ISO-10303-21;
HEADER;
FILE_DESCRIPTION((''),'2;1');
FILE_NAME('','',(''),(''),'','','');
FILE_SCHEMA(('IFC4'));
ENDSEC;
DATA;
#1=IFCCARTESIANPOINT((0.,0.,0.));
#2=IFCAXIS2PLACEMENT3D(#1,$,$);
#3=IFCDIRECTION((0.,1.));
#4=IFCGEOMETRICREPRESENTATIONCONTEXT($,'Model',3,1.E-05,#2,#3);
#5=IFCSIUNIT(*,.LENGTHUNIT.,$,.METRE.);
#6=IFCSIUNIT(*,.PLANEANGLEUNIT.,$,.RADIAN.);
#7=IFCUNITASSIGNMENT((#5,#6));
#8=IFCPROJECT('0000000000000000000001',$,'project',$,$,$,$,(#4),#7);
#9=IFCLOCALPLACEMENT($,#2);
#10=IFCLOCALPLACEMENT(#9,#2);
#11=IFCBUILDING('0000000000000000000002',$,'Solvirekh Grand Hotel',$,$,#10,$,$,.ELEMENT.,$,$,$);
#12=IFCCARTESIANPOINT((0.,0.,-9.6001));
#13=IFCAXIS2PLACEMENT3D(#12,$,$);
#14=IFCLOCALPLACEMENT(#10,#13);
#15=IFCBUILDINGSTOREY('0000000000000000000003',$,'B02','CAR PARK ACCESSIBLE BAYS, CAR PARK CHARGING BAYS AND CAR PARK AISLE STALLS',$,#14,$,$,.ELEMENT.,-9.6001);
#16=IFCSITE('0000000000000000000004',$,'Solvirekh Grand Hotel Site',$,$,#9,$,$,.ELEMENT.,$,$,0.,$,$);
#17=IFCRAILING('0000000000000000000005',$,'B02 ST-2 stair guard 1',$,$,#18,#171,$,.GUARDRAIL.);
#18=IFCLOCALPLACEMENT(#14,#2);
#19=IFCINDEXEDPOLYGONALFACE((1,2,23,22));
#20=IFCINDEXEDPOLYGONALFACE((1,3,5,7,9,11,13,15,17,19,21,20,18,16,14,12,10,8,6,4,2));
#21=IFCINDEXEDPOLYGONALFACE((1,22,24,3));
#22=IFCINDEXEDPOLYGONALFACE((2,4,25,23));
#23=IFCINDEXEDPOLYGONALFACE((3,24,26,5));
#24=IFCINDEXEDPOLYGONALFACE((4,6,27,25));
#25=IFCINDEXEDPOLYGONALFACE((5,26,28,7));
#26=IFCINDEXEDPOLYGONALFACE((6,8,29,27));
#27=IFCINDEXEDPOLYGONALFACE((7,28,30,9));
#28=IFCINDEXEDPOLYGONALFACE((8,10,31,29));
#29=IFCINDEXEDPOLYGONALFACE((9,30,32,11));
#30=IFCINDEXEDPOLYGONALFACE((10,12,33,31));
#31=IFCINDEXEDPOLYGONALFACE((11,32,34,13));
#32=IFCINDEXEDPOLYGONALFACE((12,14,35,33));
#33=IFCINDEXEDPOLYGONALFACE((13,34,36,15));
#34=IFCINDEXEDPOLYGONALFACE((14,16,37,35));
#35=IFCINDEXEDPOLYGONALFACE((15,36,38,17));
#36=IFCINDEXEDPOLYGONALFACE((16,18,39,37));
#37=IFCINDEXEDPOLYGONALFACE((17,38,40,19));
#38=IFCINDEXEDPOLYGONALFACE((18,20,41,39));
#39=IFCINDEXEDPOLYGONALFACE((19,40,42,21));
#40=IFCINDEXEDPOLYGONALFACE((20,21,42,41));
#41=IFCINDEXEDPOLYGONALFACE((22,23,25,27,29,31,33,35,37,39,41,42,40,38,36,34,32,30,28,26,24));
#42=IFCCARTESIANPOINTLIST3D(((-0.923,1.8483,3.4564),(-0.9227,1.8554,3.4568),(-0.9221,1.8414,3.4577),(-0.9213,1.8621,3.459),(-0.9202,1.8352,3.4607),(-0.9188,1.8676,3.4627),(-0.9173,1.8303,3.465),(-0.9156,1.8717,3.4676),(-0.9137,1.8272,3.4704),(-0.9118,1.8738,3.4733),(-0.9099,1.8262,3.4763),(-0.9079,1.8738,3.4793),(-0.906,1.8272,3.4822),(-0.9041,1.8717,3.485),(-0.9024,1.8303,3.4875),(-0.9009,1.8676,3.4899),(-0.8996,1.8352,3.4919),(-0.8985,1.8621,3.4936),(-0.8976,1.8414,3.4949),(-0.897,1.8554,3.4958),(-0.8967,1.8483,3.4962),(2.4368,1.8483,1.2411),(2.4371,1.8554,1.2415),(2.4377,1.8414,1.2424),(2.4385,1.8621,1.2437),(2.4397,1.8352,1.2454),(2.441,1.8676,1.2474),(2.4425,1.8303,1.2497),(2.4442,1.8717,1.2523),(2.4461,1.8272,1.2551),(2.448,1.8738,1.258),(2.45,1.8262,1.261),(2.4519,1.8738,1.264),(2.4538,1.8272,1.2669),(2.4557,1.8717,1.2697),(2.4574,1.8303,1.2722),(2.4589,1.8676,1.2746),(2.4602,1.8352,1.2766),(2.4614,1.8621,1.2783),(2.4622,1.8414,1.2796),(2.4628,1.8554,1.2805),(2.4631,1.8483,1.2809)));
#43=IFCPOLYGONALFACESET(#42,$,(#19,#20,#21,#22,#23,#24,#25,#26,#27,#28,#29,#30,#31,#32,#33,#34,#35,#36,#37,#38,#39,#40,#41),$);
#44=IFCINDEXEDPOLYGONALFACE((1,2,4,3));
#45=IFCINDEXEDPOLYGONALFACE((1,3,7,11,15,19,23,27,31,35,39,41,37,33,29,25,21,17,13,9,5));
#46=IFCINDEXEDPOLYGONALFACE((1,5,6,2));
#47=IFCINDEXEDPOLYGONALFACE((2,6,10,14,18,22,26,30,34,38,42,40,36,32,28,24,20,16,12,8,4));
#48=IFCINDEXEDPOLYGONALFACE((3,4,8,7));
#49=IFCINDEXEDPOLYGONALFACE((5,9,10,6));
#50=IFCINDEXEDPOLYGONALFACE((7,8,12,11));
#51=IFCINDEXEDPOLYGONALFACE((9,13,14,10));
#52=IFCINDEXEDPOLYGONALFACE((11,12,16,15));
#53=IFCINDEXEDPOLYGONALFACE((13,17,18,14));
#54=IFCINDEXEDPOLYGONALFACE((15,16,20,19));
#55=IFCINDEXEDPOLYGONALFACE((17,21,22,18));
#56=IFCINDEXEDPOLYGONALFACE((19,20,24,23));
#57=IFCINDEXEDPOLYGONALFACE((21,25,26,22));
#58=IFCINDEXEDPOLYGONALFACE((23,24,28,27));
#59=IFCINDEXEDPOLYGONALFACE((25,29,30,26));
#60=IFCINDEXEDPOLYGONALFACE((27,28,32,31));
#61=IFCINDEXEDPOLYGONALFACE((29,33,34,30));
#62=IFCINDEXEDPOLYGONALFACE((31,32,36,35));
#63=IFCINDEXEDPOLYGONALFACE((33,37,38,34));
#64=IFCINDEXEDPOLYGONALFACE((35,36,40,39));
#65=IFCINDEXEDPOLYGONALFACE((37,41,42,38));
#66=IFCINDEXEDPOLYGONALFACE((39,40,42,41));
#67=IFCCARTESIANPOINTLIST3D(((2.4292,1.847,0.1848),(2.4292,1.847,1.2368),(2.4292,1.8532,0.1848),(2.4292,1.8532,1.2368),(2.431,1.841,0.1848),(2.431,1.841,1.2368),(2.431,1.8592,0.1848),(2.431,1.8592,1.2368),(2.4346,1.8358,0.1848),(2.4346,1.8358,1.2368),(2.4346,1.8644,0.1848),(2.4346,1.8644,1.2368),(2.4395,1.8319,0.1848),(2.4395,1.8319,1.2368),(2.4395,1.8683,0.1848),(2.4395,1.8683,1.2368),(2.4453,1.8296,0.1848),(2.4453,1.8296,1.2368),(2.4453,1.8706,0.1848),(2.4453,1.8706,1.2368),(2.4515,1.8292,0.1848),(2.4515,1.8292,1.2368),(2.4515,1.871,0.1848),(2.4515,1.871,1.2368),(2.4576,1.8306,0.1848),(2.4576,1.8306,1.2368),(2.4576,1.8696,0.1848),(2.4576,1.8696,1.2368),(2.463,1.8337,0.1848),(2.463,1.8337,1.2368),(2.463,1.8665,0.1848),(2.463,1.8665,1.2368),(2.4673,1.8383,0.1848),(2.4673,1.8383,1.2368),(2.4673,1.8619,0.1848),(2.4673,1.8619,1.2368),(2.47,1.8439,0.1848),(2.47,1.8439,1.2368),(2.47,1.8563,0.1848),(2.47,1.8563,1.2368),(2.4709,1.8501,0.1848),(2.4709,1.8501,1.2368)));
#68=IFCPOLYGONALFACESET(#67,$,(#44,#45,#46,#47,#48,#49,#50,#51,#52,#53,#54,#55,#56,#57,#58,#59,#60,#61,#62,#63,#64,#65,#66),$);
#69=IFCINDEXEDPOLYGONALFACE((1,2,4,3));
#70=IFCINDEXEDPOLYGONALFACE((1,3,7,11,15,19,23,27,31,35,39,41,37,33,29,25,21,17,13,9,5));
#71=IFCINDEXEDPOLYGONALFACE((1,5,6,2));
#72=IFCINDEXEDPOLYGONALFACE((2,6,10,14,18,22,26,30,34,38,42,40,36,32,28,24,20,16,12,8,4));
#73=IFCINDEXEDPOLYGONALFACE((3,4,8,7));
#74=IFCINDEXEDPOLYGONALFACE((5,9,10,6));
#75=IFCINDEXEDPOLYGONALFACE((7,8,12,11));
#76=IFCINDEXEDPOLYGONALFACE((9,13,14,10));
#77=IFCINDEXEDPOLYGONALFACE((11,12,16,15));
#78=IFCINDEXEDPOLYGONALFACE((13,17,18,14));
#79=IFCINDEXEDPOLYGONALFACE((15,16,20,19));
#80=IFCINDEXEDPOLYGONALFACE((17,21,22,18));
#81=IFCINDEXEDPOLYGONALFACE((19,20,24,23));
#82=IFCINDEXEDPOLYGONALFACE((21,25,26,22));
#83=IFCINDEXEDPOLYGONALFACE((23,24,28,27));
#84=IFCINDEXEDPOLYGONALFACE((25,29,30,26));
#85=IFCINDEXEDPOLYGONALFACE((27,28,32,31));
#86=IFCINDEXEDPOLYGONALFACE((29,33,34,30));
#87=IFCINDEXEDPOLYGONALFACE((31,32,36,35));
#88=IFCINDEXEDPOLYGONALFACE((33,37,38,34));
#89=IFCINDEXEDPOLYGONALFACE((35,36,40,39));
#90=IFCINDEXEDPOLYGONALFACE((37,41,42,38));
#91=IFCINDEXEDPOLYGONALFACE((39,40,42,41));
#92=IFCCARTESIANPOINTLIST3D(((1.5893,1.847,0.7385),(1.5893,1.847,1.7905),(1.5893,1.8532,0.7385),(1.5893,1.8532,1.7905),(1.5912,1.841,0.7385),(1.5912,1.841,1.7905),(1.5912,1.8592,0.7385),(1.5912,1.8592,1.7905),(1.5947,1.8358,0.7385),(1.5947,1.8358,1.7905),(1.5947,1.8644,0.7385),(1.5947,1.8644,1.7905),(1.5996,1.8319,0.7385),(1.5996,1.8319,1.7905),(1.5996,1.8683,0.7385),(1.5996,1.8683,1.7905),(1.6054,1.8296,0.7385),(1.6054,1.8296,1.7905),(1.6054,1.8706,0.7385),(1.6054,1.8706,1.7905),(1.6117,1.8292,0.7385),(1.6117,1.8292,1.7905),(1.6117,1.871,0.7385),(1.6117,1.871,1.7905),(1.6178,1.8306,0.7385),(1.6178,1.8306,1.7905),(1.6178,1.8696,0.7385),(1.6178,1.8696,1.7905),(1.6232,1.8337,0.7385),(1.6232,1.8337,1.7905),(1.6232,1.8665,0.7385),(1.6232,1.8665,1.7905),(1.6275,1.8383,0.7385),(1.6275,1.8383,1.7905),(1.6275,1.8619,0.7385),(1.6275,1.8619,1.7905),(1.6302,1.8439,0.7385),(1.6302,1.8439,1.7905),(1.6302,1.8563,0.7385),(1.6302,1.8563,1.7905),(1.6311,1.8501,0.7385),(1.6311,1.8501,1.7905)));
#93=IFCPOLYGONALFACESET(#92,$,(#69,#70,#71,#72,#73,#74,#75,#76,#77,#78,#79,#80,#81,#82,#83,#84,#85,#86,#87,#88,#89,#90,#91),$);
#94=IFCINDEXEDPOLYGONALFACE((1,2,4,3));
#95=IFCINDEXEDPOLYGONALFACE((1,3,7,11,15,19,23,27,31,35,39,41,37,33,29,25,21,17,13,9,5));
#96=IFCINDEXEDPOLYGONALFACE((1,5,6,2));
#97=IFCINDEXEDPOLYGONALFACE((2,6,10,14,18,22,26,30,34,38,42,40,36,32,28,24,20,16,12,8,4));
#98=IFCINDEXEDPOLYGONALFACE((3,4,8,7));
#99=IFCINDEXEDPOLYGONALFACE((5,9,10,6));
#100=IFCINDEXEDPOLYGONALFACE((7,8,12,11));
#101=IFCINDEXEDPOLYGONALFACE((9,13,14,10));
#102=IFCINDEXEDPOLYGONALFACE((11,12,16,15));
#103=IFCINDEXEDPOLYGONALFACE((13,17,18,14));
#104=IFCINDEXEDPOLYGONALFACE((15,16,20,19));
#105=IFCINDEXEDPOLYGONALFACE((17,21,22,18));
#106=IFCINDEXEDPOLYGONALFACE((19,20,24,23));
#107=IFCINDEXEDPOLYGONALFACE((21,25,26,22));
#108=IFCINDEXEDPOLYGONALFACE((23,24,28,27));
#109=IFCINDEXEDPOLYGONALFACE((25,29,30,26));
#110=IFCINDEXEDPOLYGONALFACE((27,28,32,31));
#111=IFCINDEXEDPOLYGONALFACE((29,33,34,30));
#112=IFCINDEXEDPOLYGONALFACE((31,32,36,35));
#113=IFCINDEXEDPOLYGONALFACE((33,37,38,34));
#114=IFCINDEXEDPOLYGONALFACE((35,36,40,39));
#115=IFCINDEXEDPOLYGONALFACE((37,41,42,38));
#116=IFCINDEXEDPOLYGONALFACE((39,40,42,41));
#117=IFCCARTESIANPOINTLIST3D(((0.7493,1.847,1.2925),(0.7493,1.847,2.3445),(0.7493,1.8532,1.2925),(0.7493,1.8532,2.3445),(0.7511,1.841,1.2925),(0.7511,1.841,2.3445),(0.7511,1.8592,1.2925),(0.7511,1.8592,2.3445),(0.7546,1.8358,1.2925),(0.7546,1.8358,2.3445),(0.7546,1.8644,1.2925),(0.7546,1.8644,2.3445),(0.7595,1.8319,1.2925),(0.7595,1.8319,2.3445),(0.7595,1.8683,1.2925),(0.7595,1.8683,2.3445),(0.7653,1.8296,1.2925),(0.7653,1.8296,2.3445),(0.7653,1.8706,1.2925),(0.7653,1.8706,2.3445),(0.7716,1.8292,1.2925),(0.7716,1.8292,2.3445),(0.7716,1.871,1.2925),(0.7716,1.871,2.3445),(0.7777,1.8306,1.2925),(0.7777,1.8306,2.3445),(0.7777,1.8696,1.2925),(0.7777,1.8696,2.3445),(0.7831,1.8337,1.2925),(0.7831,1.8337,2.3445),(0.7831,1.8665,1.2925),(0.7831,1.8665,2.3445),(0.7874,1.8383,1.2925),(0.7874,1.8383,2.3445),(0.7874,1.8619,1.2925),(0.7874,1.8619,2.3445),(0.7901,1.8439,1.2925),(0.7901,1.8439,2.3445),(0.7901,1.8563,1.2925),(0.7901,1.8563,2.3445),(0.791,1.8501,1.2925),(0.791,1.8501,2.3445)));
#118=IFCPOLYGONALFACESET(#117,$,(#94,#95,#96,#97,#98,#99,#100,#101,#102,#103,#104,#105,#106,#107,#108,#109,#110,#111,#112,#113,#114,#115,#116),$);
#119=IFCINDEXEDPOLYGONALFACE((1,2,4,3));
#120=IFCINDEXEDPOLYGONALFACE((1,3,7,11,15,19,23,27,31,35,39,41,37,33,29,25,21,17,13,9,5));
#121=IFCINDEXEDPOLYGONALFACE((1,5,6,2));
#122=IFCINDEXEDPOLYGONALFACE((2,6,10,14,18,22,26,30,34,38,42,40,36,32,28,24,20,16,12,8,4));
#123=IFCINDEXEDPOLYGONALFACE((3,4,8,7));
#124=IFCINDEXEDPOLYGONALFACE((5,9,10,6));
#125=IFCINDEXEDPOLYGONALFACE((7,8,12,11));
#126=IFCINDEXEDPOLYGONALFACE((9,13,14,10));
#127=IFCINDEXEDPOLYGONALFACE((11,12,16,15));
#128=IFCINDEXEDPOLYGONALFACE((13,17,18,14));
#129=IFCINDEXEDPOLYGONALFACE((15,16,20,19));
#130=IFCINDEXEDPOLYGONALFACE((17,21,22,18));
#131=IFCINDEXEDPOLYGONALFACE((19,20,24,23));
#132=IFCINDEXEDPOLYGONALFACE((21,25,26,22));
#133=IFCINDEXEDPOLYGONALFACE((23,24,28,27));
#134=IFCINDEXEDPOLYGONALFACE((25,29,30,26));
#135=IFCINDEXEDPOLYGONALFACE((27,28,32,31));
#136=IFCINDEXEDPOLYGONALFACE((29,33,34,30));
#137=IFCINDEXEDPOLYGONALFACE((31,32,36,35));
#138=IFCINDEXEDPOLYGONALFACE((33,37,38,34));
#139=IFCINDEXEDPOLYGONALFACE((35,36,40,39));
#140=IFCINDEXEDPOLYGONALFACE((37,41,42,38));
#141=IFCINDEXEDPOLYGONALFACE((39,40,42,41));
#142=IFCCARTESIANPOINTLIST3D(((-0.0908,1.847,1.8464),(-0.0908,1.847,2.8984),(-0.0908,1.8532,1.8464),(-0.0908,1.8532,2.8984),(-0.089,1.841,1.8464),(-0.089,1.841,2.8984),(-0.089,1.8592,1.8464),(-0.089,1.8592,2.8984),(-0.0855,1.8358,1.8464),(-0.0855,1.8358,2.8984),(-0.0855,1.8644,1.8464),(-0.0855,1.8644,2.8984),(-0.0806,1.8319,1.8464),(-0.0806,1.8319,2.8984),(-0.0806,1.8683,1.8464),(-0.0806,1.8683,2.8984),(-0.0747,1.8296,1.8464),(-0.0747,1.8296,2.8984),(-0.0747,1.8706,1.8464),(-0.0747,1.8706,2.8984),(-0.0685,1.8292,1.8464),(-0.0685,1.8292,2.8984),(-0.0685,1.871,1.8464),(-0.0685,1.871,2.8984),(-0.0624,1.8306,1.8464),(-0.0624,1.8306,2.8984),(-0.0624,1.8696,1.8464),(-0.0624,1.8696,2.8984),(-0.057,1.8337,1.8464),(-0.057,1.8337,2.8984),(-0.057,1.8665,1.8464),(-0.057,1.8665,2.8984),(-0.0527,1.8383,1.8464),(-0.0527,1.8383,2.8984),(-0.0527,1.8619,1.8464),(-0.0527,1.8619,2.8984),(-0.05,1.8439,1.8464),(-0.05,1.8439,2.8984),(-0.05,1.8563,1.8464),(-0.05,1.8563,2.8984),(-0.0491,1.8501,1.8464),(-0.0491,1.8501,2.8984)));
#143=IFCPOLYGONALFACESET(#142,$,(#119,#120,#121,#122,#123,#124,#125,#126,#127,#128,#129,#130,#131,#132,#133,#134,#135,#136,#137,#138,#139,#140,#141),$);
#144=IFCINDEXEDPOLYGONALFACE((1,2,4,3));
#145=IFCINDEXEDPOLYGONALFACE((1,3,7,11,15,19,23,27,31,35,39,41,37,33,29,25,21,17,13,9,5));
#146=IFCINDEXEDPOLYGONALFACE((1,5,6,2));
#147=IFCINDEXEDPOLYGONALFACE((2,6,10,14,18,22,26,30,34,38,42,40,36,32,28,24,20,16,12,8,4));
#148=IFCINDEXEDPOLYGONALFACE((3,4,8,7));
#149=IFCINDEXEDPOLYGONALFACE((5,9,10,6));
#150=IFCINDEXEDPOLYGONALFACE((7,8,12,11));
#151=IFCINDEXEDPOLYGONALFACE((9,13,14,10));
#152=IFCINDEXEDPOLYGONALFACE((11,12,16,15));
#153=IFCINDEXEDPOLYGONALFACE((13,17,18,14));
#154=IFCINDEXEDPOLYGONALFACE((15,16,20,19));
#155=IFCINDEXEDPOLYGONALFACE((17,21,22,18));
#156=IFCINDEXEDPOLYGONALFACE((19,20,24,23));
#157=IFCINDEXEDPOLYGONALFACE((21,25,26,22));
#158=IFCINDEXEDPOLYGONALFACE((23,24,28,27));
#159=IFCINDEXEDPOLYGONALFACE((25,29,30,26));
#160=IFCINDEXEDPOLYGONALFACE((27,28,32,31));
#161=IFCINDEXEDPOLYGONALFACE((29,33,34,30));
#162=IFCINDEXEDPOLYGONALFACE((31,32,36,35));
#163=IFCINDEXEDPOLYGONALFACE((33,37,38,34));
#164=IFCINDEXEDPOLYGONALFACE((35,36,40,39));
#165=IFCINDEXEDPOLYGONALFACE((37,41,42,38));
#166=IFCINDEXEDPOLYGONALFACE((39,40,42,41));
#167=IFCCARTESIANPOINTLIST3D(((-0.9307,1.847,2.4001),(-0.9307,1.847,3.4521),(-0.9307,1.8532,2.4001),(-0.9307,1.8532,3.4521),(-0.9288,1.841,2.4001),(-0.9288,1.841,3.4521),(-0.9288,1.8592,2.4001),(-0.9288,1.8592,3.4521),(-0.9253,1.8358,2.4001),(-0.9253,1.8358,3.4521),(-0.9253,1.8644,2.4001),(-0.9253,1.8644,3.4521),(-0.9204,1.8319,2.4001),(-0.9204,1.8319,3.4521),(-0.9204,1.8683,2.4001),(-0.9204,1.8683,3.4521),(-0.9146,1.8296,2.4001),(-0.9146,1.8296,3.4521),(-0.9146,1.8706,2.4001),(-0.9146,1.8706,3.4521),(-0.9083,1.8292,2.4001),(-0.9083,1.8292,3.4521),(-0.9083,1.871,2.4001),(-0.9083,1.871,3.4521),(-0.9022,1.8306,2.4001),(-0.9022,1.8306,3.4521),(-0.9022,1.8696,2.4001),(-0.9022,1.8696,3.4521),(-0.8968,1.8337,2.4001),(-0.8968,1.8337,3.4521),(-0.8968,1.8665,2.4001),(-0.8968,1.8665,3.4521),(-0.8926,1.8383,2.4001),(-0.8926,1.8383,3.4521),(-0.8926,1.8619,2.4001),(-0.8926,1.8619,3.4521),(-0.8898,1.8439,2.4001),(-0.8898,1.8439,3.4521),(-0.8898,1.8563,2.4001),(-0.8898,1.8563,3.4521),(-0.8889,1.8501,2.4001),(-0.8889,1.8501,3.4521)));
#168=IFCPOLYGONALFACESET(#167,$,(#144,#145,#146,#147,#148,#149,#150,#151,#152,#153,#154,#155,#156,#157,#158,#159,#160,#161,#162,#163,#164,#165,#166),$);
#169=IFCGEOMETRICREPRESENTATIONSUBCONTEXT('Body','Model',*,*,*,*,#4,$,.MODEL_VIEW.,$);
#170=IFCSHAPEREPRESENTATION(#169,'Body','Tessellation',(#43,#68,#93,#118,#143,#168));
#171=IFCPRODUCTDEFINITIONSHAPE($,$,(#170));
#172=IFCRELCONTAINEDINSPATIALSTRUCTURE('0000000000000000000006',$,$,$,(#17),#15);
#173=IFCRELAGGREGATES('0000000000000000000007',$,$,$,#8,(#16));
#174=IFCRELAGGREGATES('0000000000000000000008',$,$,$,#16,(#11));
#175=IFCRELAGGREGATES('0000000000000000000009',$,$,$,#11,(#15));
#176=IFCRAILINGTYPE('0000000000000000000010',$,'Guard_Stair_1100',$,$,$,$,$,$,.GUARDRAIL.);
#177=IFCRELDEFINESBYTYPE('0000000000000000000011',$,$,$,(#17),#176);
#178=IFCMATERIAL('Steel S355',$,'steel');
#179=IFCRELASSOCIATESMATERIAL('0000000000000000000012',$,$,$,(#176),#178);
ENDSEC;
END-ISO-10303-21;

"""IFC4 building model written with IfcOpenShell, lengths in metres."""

from ifc_helpers import new_model, si_unit, direction, frame, origin, origin_2d, place, context, subcontext, project, spatial, circle, extrude, material, type_object, element, save


model = new_model("IFC4")

# Units and contexts
model_context = context("Model", 3, precision=1e-05, world=origin(), true_north=direction((0.0, 1.0)))
body_context = subcontext(model_context, "Body", "Model", "MODEL_VIEW")
ifc_project = project(units=[si_unit("LENGTHUNIT", "METRE"), si_unit("PLANEANGLEUNIT", "RADIAN")], contexts=[model_context])

# Site, building, storey
site_placement = place(None, origin())
site = spatial("IfcSite", under=ifc_project, at=site_placement, Name="Solvirekh Grand Hotel Site", CompositionType="ELEMENT", RefElevation=0.0)
building_placement = place(site_placement, origin())
building = spatial("IfcBuilding", under=site, at=building_placement, Name="Solvirekh Grand Hotel", CompositionType="ELEMENT")
storey_placement = place(building_placement, frame((0.0, 0.0, -9.6001)))
storey = spatial("IfcBuildingStorey", under=building, at=storey_placement, Name="B02", Description="CAR PARK ACCESSIBLE BAYS, CAR PARK CHARGING BAYS AND CAR PARK AISLE STALLS", CompositionType="ELEMENT", Elevation=-9.6001)

# Shared definitions
ifc_material_1 = material(Name="Steel S355", Category="steel")

# Railing
railing_type_1 = type_object("IfcRailingType", Name="Guard_Stair_1100", PredefinedType="GUARDRAIL", material=ifc_material_1)
railing_1_placement = place(storey_placement, frame((2.45, 1.8501, 0.1848)))
element("IfcRailing", 1, at=railing_1_placement, inside=storey, type_object=railing_type_1, Name="B02 ST-2 stair guard 1", PredefinedType="GUARDRAIL", context=body_context, shape_type="SweptSolid", body=[
    extrude(circle(Radius=0.0239, at=origin_2d()), frame((0.0, 0.0, 1.0762), z_axis=(-0.834858, 0.0, 0.550465), x_axis=(0.0, -1.0, 0.0)), (0.0, 0.0, 1.0), 4.0244),
    extrude(circle(Radius=0.021, at=origin_2d()), origin(), (0.0, 0.0, 1.0), 1.052),
    extrude(circle(Radius=0.021, at=origin_2d()), frame((-0.8398, 0.0, 0.5537)), (0.0, 0.0, 1.0), 1.052),
    extrude(circle(Radius=0.021, at=origin_2d()), frame((-1.6799, 0.0, 1.1077)), (0.0, 0.0, 1.0), 1.052),
    extrude(circle(Radius=0.021, at=origin_2d()), frame((-2.52, 0.0, 1.6616)), (0.0, 0.0, 1.0), 1.052),
    extrude(circle(Radius=0.021, at=origin_2d()), frame((-3.3599, 0.0, 2.2153)), (0.0, 0.0, 1.0), 1.052),
])

save(model, "model.ifc")
